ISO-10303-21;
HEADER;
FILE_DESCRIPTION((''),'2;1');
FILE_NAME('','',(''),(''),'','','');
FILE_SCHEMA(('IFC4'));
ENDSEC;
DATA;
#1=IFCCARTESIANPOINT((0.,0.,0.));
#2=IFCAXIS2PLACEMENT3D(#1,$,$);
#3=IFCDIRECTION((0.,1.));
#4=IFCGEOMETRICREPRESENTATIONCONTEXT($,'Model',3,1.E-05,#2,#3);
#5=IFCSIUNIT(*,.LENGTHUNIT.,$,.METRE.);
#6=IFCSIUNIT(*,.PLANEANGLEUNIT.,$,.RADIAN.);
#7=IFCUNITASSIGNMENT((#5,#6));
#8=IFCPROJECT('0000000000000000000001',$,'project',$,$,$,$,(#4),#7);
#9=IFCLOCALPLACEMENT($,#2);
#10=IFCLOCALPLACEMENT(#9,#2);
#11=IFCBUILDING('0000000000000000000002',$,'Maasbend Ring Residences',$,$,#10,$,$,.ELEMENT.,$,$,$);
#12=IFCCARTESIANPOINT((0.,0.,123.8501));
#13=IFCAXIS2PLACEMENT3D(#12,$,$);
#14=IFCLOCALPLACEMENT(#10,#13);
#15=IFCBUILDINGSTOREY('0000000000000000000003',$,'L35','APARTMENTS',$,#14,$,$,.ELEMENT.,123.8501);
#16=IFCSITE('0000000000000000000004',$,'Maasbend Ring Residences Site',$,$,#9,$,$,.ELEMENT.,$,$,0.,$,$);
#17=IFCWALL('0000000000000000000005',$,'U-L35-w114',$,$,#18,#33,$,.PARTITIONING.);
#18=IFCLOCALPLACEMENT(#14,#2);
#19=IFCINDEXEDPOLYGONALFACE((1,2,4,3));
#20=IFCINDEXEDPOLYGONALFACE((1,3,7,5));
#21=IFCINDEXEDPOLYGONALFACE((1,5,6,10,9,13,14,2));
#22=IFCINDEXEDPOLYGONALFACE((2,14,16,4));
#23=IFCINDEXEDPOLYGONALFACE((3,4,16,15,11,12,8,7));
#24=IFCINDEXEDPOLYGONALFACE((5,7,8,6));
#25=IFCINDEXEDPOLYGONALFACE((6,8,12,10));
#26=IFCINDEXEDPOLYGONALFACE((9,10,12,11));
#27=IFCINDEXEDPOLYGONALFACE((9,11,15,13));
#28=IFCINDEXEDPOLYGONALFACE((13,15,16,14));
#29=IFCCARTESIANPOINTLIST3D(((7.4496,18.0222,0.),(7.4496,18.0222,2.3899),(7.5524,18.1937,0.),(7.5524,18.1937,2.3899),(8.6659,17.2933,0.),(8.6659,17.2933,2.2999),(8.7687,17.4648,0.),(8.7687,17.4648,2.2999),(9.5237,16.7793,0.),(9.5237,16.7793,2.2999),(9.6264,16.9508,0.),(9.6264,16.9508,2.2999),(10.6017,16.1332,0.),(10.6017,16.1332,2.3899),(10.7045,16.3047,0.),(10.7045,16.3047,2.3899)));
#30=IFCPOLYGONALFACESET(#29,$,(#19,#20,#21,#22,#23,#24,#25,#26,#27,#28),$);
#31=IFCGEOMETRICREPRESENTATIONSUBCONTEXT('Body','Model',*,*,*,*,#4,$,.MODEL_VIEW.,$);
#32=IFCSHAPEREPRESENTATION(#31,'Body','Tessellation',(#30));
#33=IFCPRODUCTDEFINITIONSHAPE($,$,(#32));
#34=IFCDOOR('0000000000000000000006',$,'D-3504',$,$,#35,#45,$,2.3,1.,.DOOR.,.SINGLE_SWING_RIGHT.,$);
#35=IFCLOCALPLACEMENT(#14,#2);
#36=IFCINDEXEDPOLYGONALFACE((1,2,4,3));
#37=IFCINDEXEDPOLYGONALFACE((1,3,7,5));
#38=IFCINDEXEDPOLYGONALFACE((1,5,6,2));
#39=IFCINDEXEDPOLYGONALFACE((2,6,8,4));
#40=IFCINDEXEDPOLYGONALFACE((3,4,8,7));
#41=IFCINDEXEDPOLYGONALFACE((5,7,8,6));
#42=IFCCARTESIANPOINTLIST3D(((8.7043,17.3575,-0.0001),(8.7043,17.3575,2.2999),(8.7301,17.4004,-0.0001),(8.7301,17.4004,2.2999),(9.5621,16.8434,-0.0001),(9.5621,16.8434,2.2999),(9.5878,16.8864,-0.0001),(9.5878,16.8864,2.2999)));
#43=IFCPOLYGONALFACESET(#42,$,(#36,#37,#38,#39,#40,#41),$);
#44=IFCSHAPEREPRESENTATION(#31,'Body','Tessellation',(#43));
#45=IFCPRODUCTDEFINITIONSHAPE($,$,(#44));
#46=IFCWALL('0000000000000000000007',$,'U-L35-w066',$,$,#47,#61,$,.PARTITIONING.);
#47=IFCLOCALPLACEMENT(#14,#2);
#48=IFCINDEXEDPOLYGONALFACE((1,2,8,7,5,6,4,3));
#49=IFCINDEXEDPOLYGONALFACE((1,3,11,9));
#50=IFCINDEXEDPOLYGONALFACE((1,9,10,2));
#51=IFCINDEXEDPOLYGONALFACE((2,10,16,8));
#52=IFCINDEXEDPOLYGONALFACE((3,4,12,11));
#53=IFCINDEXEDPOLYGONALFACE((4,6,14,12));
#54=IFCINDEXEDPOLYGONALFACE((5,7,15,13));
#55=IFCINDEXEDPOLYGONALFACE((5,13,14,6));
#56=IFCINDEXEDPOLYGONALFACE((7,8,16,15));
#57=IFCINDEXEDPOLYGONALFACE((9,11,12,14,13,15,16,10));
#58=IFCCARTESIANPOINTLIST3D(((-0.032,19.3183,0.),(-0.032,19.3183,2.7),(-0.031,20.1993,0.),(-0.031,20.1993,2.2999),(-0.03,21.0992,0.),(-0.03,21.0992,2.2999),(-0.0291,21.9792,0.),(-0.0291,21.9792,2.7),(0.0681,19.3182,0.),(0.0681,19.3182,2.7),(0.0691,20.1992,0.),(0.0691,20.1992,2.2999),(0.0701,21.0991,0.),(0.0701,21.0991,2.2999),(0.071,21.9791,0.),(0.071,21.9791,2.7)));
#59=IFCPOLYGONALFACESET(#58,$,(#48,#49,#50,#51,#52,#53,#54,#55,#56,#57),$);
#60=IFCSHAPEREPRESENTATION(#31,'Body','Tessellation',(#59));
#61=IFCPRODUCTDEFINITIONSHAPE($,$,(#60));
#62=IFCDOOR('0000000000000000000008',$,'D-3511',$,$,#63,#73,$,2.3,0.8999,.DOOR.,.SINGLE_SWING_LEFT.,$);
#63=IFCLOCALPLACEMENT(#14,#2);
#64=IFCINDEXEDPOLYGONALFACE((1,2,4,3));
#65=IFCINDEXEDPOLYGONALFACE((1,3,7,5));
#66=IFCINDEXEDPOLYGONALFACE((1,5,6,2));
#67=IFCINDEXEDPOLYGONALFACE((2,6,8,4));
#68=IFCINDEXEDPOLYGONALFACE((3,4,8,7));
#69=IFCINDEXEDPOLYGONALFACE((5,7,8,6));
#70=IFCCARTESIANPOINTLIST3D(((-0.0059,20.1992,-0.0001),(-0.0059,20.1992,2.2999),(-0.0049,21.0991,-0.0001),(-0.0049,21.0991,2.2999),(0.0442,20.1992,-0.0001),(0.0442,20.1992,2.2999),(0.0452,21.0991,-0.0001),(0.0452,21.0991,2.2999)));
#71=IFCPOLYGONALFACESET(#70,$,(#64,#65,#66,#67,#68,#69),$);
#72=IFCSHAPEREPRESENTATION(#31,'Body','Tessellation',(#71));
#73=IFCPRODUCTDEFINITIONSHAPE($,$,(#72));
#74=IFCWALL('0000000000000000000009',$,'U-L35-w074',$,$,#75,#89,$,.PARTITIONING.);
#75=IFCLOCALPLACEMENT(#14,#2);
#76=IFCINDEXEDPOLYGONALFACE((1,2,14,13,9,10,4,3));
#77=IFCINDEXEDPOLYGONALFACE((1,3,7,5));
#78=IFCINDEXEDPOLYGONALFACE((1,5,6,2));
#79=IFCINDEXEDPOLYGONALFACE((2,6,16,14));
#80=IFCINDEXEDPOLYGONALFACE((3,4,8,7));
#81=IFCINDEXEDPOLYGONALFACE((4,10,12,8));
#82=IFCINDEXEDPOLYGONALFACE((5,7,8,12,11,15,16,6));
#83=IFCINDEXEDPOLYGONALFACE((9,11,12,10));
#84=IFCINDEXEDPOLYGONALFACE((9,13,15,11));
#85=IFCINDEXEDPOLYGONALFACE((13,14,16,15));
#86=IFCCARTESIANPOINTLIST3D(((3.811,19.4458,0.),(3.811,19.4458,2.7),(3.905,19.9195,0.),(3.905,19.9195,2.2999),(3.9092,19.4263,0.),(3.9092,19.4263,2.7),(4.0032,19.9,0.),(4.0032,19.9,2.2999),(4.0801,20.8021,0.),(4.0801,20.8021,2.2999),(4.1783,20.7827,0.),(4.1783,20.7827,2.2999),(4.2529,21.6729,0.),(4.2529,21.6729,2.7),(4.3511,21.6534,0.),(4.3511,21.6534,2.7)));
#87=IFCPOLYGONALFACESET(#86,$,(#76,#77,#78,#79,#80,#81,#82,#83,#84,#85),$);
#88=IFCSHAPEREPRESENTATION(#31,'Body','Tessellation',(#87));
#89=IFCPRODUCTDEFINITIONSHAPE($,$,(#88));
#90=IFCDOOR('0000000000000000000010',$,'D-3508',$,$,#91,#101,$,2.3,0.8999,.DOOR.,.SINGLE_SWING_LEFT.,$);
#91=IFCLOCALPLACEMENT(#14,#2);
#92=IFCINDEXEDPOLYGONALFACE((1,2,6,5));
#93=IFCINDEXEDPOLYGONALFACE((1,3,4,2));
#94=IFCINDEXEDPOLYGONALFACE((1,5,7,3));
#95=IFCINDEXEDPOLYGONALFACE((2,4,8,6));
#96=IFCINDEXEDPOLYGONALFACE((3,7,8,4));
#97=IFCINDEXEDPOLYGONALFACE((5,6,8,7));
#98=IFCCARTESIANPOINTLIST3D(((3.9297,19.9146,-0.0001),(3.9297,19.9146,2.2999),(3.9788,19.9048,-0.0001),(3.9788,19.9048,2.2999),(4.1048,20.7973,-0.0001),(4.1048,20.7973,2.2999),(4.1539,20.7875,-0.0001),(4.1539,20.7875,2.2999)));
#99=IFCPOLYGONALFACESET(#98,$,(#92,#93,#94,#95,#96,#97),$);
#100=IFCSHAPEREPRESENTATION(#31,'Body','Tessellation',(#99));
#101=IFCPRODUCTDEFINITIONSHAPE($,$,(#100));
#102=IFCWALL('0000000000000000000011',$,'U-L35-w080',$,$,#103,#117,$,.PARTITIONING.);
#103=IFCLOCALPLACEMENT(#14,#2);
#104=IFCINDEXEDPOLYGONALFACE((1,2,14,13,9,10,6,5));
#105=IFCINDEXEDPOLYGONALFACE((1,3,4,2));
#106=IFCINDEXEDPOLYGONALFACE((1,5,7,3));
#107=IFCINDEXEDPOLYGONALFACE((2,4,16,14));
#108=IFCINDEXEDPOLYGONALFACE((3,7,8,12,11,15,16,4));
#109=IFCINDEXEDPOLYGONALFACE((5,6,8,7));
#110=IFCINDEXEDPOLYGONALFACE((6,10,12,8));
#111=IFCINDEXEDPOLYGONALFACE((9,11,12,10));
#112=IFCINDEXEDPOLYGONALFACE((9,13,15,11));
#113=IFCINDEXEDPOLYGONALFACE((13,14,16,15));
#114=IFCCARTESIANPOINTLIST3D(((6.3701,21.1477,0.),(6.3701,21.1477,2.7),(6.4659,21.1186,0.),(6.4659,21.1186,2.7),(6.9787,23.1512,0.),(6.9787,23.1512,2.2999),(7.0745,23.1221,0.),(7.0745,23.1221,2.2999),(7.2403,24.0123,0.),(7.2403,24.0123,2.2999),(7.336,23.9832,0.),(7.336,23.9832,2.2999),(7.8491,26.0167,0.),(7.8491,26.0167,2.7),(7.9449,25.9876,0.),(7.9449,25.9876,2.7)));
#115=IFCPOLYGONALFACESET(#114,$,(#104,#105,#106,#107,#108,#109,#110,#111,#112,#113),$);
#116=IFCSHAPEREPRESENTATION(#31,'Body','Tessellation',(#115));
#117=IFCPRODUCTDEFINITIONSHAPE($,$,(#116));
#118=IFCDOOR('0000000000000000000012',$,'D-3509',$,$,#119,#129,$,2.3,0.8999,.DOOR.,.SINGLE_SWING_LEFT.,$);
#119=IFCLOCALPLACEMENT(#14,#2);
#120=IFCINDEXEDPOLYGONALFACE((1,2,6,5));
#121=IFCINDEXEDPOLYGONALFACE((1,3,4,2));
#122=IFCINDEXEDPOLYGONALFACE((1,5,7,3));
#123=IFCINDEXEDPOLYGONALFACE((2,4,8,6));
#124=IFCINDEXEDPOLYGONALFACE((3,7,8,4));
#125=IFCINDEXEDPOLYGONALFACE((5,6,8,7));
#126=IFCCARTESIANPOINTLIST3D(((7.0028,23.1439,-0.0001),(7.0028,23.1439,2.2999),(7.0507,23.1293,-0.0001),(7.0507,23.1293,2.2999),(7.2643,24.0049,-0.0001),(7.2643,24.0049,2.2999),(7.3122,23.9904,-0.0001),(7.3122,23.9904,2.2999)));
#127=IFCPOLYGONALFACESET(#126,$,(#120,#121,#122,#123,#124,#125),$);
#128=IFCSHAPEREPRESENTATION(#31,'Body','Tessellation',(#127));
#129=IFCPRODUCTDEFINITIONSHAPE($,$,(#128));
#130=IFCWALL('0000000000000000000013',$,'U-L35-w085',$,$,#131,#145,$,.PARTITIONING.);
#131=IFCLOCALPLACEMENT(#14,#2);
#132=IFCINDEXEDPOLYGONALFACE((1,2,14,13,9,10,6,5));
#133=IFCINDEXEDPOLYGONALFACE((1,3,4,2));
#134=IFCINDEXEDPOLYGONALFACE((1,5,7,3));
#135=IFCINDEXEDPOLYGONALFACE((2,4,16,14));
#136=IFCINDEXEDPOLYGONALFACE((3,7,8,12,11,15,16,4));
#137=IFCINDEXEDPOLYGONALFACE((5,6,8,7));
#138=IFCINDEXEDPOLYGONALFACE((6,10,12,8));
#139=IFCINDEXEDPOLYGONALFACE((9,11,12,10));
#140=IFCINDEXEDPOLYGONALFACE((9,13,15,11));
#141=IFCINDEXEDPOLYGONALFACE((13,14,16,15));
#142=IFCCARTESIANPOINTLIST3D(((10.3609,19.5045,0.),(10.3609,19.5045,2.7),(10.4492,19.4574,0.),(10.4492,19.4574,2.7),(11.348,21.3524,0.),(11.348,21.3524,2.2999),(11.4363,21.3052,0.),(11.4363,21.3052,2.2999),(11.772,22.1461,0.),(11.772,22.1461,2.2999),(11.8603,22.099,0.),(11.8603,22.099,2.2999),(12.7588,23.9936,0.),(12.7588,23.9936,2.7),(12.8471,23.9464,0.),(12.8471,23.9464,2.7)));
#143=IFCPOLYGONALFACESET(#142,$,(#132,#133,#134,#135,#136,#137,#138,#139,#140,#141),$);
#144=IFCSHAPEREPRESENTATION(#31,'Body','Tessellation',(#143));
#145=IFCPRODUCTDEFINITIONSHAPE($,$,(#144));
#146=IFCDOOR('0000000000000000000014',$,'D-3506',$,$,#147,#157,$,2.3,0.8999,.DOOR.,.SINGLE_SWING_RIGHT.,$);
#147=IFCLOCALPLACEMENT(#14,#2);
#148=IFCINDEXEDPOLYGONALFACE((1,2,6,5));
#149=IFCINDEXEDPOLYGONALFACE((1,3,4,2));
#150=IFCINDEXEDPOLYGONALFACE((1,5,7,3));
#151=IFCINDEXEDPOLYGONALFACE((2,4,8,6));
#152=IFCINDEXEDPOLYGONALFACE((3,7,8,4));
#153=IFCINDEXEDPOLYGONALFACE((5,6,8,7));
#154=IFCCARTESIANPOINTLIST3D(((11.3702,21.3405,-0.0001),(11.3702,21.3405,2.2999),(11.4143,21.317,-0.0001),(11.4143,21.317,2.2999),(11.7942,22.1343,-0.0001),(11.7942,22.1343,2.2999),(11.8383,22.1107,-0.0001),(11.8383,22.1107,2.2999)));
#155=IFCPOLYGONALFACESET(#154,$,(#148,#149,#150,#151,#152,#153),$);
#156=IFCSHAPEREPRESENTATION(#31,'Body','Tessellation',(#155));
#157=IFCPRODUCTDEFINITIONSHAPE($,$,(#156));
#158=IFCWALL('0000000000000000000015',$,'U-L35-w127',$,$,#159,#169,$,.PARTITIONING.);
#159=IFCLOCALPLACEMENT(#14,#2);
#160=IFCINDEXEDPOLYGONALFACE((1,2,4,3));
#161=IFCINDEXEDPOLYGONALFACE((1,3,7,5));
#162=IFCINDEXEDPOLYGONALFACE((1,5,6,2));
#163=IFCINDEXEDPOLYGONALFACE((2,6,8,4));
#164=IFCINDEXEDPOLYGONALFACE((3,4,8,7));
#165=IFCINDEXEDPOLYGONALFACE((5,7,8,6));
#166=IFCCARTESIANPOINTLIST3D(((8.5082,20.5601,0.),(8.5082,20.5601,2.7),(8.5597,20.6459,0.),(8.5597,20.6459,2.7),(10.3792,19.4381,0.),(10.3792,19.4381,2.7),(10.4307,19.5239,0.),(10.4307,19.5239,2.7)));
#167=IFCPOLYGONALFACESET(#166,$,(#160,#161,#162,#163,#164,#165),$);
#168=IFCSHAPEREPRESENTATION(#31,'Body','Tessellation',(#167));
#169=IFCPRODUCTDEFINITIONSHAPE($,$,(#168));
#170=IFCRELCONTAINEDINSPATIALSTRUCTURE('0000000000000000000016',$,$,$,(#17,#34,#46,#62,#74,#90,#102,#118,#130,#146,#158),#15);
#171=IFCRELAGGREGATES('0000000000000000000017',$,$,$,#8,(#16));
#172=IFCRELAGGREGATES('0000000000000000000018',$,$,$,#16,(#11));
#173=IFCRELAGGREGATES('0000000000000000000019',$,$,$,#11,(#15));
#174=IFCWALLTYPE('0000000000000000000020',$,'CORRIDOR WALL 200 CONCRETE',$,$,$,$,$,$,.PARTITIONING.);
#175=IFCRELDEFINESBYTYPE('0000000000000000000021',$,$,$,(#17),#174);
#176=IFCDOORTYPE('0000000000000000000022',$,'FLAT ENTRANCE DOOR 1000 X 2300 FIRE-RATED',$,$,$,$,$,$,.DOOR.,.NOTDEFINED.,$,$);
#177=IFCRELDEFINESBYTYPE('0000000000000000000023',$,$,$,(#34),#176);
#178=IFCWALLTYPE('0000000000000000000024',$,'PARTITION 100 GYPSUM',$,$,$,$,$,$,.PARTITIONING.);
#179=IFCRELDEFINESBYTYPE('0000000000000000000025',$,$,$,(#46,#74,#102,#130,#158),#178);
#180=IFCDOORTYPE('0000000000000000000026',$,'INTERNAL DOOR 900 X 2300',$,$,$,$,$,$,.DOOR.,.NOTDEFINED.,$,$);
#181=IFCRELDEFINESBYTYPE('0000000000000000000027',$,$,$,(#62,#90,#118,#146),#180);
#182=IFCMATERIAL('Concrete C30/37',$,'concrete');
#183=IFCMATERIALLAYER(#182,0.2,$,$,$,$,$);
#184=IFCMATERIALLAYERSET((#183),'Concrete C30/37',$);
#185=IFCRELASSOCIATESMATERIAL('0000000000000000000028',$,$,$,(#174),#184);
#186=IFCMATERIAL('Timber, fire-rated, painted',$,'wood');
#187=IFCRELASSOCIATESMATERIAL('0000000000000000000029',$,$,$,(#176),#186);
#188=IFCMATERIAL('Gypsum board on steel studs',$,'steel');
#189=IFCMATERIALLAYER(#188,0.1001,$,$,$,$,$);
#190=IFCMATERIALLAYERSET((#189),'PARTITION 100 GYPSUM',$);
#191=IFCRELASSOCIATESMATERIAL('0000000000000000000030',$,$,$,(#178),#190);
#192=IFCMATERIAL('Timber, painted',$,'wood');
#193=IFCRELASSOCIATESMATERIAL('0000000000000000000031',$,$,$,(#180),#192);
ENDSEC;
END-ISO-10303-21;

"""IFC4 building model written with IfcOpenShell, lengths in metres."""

from ifc_helpers import new_model, si_unit, direction, frame, frame_2d, origin, place, context, subcontext, project, spatial, rectangle, extrude, material, layer, layer_set, type_object, element, fill, save


model = new_model("IFC4")

# Units and contexts
model_context = context("Model", 3, precision=1e-05, world=origin(), true_north=direction((0.0, 1.0)))
body_context = subcontext(model_context, "Body", "Model", "MODEL_VIEW")
ifc_project = project(units=[si_unit("LENGTHUNIT", "METRE"), si_unit("PLANEANGLEUNIT", "RADIAN")], contexts=[model_context])

# Site, building, storey
site_placement = place(None, origin())
site = spatial("IfcSite", under=ifc_project, at=site_placement, Name="Maasbend Ring Residences Site", CompositionType="ELEMENT", RefElevation=0.0)
building_placement = place(site_placement, origin())
building = spatial("IfcBuilding", under=site, at=building_placement, Name="Maasbend Ring Residences", CompositionType="ELEMENT")
storey_placement = place(building_placement, frame((0.0, 0.0, 123.8501)))
storey = spatial("IfcBuildingStorey", under=building, at=storey_placement, Name="L35", Description="APARTMENTS", CompositionType="ELEMENT", Elevation=123.8501)

# Shared definitions
ifc_material_1 = material(Name="Concrete C30/37", Category="concrete")
ifc_layer_1 = layer(ifc_material_1, 0.2)
ifc_layer_set_1 = layer_set([ifc_layer_1], Name="Concrete C30/37")
wall_type_1 = type_object("IfcWallType", Name="CORRIDOR WALL 200 CONCRETE", PredefinedType="PARTITIONING", material=ifc_layer_set_1)
ifc_material_2 = material(Name="Timber, fire-rated, painted", Category="wood")
door_type_1 = type_object("IfcDoorType", Name="FLAT ENTRANCE DOOR 1000 X 2300 FIRE-RATED", OperationType="NOTDEFINED", PredefinedType="DOOR", material=ifc_material_2)

# Walls, openings, doors
wall_1_placement = place(storey_placement, frame((7.501, 18.1079, 0.0), z_axis=(0.0, 0.0, 1.0), x_axis=(0.857774, -0.514027, 0.0)))
wall_1 = element("IfcWall", 1, at=wall_1_placement, inside=storey, type_object=wall_type_1, Name="U-L35-w114", PredefinedType="PARTITIONING", context=body_context, shape_type="SweptSolid", body=[
    extrude(rectangle(XDim=3.6748, YDim=0.2, at=frame_2d((1.8374, 0.0))), origin(), (0.0, 0.0, 1.0), 2.3899),
])
opening_1_placement = place(wall_1_placement, frame((1.418, 0.0, 0.0)))
opening_1 = element("IfcOpeningElement", 2, at=opening_1_placement, cuts=wall_1, PredefinedType="OPENING", context=body_context, shape_type="SweptSolid", body=[
    extrude(rectangle(XDim=1.0, YDim=2.3, at=frame_2d((0.5, 1.1499))), frame((0.0, 0.1099, 0.0), z_axis=(0.0, -1.0, 0.0), x_axis=(1.0, 0.0, 0.0)), (0.0, 0.0, 1.0), 0.22),
])
door_1_placement = place(opening_1_placement, origin())
door_1 = element("IfcDoor", 3, at=door_1_placement, inside=storey, type_object=door_type_1, Name="D-3504", OperationType="SINGLE_SWING_RIGHT", OverallHeight=2.3, OverallWidth=1.0, PredefinedType="DOOR", context=body_context, shape_type="SweptSolid", body=[
    extrude(rectangle(XDim=1.0, YDim=2.3, at=frame_2d((0.5, 1.1499))), frame((0.0, 0.0249, 0.0), z_axis=(0.0, -1.0, 0.0), x_axis=(1.0, 0.0, 0.0)), (0.0, 0.0, 1.0), 0.05),
])
fill(opening_1, door_1)
ifc_material_3 = material(Name="Gypsum board on steel studs", Category="steel")
ifc_layer_2 = layer(ifc_material_3, 0.1001)
ifc_layer_set_2 = layer_set([ifc_layer_2], Name="PARTITION 100 GYPSUM")
wall_type_2 = type_object("IfcWallType", Name="PARTITION 100 GYPSUM", PredefinedType="PARTITIONING", material=ifc_layer_set_2)
wall_2_placement = place(storey_placement, frame((0.0181, 19.3181, 0.0), z_axis=(0.0, 0.0, 1.0), x_axis=(0.001101, 0.999999, 0.0)))
wall_2 = element("IfcWall", 4, at=wall_2_placement, inside=storey, type_object=wall_type_2, Name="U-L35-w066", PredefinedType="PARTITIONING", context=body_context, shape_type="SweptSolid", body=[
    extrude(rectangle(XDim=2.6609, YDim=0.1001, at=frame_2d((1.3306, 0.0))), origin(), (0.0, 0.0, 1.0), 2.7),
])
opening_2_placement = place(wall_2_placement, frame((0.8811, 0.0, 0.0)))
opening_2 = element("IfcOpeningElement", 5, at=opening_2_placement, cuts=wall_2, PredefinedType="OPENING", context=body_context, shape_type="SweptSolid", body=[
    extrude(rectangle(XDim=0.8999, YDim=2.3, at=frame_2d((0.45, 1.1499))), frame((0.0, 0.0601, 0.0), z_axis=(0.0, -1.0, 0.0), x_axis=(1.0, 0.0, 0.0)), (0.0, 0.0, 1.0), 0.1201),
])
ifc_material_4 = material(Name="Timber, painted", Category="wood")
door_type_2 = type_object("IfcDoorType", Name="INTERNAL DOOR 900 X 2300", OperationType="NOTDEFINED", PredefinedType="DOOR", material=ifc_material_4)
door_2_placement = place(opening_2_placement, origin())
door_2 = element("IfcDoor", 6, at=door_2_placement, inside=storey, type_object=door_type_2, Name="D-3511", OperationType="SINGLE_SWING_LEFT", OverallHeight=2.3, OverallWidth=0.8999, PredefinedType="DOOR", context=body_context, shape_type="SweptSolid", body=[
    extrude(rectangle(XDim=0.8999, YDim=2.3, at=frame_2d((0.45, 1.1499))), frame((0.0, 0.0249, 0.0), z_axis=(0.0, -1.0, 0.0), x_axis=(1.0, 0.0, 0.0)), (0.0, 0.0, 1.0), 0.05),
])
fill(opening_2, door_2)
wall_3_placement = place(storey_placement, frame((3.8601, 19.436, 0.0), z_axis=(0.0, 0.0, 1.0), x_axis=(0.194627, 0.980877, 0.0)))
wall_3 = element("IfcWall", 7, at=wall_3_placement, inside=storey, type_object=wall_type_2, Name="U-L35-w074", PredefinedType="PARTITIONING", context=body_context, shape_type="SweptSolid", body=[
    extrude(rectangle(XDim=2.2705, YDim=0.1001, at=frame_2d((1.1353, 0.0))), origin(), (0.0, 0.0, 1.0), 2.7),
])
opening_3_placement = place(wall_3_placement, frame((0.4829, 0.0, 0.0)))
opening_3 = element("IfcOpeningElement", 8, at=opening_3_placement, cuts=wall_3, PredefinedType="OPENING", context=body_context, shape_type="SweptSolid", body=[
    extrude(rectangle(XDim=0.8999, YDim=2.3, at=frame_2d((0.45, 1.1499))), frame((0.0, 0.0601, 0.0), z_axis=(0.0, -1.0, 0.0), x_axis=(1.0, 0.0, 0.0)), (0.0, 0.0, 1.0), 0.1201),
])
door_3_placement = place(opening_3_placement, origin())
door_3 = element("IfcDoor", 9, at=door_3_placement, inside=storey, type_object=door_type_2, Name="D-3508", OperationType="SINGLE_SWING_LEFT", OverallHeight=2.3, OverallWidth=0.8999, PredefinedType="DOOR", context=body_context, shape_type="SweptSolid", body=[
    extrude(rectangle(XDim=0.8999, YDim=2.3, at=frame_2d((0.45, 1.1499))), frame((0.0, 0.0249, 0.0), z_axis=(0.0, -1.0, 0.0), x_axis=(1.0, 0.0, 0.0)), (0.0, 0.0, 1.0), 0.05),
])
fill(opening_3, door_3)
wall_4_placement = place(storey_placement, frame((6.418, 21.1331, 0.0), z_axis=(0.0, 0.0, 1.0), x_axis=(0.290652, 0.956829, 0.0)))
wall_4 = element("IfcWall", 10, at=wall_4_placement, inside=storey, type_object=wall_type_2, Name="U-L35-w080", PredefinedType="PARTITIONING", context=body_context, shape_type="SweptSolid", body=[
    extrude(rectangle(XDim=5.0886, YDim=0.1001, at=frame_2d((2.5444, 0.0))), origin(), (0.0, 0.0, 1.0), 2.7),
])
opening_4_placement = place(wall_4_placement, frame((2.094, 0.0, 0.0)))
opening_4 = element("IfcOpeningElement", 11, at=opening_4_placement, cuts=wall_4, PredefinedType="OPENING", context=body_context, shape_type="SweptSolid", body=[
    extrude(rectangle(XDim=0.8999, YDim=2.3, at=frame_2d((0.45, 1.1499))), frame((0.0, 0.0601, 0.0), z_axis=(0.0, -1.0, 0.0), x_axis=(1.0, 0.0, 0.0)), (0.0, 0.0, 1.0), 0.1201),
])
door_4_placement = place(opening_4_placement, origin())
door_4 = element("IfcDoor", 12, at=door_4_placement, inside=storey, type_object=door_type_2, Name="D-3509", OperationType="SINGLE_SWING_LEFT", OverallHeight=2.3, OverallWidth=0.8999, PredefinedType="DOOR", context=body_context, shape_type="SweptSolid", body=[
    extrude(rectangle(XDim=0.8999, YDim=2.3, at=frame_2d((0.45, 1.1499))), frame((0.0, 0.0249, 0.0), z_axis=(0.0, -1.0, 0.0), x_axis=(1.0, 0.0, 0.0)), (0.0, 0.0, 1.0), 0.05),
])
fill(opening_4, door_4)
wall_5_placement = place(storey_placement, frame((10.405, 19.481, 0.0), z_axis=(0.0, 0.0, 1.0), x_axis=(0.471171, 0.882042, 0.0)))
wall_5 = element("IfcWall", 13, at=wall_5_placement, inside=storey, type_object=wall_type_2, Name="U-L35-w085", PredefinedType="PARTITIONING", context=body_context, shape_type="SweptSolid", body=[
    extrude(rectangle(XDim=5.0894, YDim=0.1001, at=frame_2d((2.5447, 0.0))), origin(), (0.0, 0.0, 1.0), 2.7),
])
opening_5_placement = place(wall_5_placement, frame((2.095, 0.0, 0.0)))
opening_5 = element("IfcOpeningElement", 14, at=opening_5_placement, cuts=wall_5, PredefinedType="OPENING", context=body_context, shape_type="SweptSolid", body=[
    extrude(rectangle(XDim=0.8999, YDim=2.3, at=frame_2d((0.45, 1.1499))), frame((0.0, 0.0601, 0.0), z_axis=(0.0, -1.0, 0.0), x_axis=(1.0, 0.0, 0.0)), (0.0, 0.0, 1.0), 0.1201),
])
door_5_placement = place(opening_5_placement, origin())
door_5 = element("IfcDoor", 15, at=door_5_placement, inside=storey, type_object=door_type_2, Name="D-3506", OperationType="SINGLE_SWING_RIGHT", OverallHeight=2.3, OverallWidth=0.8999, PredefinedType="DOOR", context=body_context, shape_type="SweptSolid", body=[
    extrude(rectangle(XDim=0.8999, YDim=2.3, at=frame_2d((0.45, 1.1499))), frame((0.0, 0.0249, 0.0), z_axis=(0.0, -1.0, 0.0), x_axis=(1.0, 0.0, 0.0)), (0.0, 0.0, 1.0), 0.05),
])
fill(opening_5, door_5)

# Wall
wall_6_placement = place(storey_placement, frame((8.5339, 20.603, 0.0), z_axis=(0.0, 0.0, 1.0), x_axis=(0.857611, -0.514298, 0.0)))
element("IfcWall", 16, at=wall_6_placement, inside=storey, type_object=wall_type_2, Name="U-L35-w127", PredefinedType="PARTITIONING", context=body_context, shape_type="SweptSolid", body=[
    extrude(rectangle(XDim=2.1816, YDim=0.1001, at=frame_2d((1.0908, 0.0))), origin(), (0.0, 0.0, 1.0), 2.7),
])

save(model, "model.ifc")
